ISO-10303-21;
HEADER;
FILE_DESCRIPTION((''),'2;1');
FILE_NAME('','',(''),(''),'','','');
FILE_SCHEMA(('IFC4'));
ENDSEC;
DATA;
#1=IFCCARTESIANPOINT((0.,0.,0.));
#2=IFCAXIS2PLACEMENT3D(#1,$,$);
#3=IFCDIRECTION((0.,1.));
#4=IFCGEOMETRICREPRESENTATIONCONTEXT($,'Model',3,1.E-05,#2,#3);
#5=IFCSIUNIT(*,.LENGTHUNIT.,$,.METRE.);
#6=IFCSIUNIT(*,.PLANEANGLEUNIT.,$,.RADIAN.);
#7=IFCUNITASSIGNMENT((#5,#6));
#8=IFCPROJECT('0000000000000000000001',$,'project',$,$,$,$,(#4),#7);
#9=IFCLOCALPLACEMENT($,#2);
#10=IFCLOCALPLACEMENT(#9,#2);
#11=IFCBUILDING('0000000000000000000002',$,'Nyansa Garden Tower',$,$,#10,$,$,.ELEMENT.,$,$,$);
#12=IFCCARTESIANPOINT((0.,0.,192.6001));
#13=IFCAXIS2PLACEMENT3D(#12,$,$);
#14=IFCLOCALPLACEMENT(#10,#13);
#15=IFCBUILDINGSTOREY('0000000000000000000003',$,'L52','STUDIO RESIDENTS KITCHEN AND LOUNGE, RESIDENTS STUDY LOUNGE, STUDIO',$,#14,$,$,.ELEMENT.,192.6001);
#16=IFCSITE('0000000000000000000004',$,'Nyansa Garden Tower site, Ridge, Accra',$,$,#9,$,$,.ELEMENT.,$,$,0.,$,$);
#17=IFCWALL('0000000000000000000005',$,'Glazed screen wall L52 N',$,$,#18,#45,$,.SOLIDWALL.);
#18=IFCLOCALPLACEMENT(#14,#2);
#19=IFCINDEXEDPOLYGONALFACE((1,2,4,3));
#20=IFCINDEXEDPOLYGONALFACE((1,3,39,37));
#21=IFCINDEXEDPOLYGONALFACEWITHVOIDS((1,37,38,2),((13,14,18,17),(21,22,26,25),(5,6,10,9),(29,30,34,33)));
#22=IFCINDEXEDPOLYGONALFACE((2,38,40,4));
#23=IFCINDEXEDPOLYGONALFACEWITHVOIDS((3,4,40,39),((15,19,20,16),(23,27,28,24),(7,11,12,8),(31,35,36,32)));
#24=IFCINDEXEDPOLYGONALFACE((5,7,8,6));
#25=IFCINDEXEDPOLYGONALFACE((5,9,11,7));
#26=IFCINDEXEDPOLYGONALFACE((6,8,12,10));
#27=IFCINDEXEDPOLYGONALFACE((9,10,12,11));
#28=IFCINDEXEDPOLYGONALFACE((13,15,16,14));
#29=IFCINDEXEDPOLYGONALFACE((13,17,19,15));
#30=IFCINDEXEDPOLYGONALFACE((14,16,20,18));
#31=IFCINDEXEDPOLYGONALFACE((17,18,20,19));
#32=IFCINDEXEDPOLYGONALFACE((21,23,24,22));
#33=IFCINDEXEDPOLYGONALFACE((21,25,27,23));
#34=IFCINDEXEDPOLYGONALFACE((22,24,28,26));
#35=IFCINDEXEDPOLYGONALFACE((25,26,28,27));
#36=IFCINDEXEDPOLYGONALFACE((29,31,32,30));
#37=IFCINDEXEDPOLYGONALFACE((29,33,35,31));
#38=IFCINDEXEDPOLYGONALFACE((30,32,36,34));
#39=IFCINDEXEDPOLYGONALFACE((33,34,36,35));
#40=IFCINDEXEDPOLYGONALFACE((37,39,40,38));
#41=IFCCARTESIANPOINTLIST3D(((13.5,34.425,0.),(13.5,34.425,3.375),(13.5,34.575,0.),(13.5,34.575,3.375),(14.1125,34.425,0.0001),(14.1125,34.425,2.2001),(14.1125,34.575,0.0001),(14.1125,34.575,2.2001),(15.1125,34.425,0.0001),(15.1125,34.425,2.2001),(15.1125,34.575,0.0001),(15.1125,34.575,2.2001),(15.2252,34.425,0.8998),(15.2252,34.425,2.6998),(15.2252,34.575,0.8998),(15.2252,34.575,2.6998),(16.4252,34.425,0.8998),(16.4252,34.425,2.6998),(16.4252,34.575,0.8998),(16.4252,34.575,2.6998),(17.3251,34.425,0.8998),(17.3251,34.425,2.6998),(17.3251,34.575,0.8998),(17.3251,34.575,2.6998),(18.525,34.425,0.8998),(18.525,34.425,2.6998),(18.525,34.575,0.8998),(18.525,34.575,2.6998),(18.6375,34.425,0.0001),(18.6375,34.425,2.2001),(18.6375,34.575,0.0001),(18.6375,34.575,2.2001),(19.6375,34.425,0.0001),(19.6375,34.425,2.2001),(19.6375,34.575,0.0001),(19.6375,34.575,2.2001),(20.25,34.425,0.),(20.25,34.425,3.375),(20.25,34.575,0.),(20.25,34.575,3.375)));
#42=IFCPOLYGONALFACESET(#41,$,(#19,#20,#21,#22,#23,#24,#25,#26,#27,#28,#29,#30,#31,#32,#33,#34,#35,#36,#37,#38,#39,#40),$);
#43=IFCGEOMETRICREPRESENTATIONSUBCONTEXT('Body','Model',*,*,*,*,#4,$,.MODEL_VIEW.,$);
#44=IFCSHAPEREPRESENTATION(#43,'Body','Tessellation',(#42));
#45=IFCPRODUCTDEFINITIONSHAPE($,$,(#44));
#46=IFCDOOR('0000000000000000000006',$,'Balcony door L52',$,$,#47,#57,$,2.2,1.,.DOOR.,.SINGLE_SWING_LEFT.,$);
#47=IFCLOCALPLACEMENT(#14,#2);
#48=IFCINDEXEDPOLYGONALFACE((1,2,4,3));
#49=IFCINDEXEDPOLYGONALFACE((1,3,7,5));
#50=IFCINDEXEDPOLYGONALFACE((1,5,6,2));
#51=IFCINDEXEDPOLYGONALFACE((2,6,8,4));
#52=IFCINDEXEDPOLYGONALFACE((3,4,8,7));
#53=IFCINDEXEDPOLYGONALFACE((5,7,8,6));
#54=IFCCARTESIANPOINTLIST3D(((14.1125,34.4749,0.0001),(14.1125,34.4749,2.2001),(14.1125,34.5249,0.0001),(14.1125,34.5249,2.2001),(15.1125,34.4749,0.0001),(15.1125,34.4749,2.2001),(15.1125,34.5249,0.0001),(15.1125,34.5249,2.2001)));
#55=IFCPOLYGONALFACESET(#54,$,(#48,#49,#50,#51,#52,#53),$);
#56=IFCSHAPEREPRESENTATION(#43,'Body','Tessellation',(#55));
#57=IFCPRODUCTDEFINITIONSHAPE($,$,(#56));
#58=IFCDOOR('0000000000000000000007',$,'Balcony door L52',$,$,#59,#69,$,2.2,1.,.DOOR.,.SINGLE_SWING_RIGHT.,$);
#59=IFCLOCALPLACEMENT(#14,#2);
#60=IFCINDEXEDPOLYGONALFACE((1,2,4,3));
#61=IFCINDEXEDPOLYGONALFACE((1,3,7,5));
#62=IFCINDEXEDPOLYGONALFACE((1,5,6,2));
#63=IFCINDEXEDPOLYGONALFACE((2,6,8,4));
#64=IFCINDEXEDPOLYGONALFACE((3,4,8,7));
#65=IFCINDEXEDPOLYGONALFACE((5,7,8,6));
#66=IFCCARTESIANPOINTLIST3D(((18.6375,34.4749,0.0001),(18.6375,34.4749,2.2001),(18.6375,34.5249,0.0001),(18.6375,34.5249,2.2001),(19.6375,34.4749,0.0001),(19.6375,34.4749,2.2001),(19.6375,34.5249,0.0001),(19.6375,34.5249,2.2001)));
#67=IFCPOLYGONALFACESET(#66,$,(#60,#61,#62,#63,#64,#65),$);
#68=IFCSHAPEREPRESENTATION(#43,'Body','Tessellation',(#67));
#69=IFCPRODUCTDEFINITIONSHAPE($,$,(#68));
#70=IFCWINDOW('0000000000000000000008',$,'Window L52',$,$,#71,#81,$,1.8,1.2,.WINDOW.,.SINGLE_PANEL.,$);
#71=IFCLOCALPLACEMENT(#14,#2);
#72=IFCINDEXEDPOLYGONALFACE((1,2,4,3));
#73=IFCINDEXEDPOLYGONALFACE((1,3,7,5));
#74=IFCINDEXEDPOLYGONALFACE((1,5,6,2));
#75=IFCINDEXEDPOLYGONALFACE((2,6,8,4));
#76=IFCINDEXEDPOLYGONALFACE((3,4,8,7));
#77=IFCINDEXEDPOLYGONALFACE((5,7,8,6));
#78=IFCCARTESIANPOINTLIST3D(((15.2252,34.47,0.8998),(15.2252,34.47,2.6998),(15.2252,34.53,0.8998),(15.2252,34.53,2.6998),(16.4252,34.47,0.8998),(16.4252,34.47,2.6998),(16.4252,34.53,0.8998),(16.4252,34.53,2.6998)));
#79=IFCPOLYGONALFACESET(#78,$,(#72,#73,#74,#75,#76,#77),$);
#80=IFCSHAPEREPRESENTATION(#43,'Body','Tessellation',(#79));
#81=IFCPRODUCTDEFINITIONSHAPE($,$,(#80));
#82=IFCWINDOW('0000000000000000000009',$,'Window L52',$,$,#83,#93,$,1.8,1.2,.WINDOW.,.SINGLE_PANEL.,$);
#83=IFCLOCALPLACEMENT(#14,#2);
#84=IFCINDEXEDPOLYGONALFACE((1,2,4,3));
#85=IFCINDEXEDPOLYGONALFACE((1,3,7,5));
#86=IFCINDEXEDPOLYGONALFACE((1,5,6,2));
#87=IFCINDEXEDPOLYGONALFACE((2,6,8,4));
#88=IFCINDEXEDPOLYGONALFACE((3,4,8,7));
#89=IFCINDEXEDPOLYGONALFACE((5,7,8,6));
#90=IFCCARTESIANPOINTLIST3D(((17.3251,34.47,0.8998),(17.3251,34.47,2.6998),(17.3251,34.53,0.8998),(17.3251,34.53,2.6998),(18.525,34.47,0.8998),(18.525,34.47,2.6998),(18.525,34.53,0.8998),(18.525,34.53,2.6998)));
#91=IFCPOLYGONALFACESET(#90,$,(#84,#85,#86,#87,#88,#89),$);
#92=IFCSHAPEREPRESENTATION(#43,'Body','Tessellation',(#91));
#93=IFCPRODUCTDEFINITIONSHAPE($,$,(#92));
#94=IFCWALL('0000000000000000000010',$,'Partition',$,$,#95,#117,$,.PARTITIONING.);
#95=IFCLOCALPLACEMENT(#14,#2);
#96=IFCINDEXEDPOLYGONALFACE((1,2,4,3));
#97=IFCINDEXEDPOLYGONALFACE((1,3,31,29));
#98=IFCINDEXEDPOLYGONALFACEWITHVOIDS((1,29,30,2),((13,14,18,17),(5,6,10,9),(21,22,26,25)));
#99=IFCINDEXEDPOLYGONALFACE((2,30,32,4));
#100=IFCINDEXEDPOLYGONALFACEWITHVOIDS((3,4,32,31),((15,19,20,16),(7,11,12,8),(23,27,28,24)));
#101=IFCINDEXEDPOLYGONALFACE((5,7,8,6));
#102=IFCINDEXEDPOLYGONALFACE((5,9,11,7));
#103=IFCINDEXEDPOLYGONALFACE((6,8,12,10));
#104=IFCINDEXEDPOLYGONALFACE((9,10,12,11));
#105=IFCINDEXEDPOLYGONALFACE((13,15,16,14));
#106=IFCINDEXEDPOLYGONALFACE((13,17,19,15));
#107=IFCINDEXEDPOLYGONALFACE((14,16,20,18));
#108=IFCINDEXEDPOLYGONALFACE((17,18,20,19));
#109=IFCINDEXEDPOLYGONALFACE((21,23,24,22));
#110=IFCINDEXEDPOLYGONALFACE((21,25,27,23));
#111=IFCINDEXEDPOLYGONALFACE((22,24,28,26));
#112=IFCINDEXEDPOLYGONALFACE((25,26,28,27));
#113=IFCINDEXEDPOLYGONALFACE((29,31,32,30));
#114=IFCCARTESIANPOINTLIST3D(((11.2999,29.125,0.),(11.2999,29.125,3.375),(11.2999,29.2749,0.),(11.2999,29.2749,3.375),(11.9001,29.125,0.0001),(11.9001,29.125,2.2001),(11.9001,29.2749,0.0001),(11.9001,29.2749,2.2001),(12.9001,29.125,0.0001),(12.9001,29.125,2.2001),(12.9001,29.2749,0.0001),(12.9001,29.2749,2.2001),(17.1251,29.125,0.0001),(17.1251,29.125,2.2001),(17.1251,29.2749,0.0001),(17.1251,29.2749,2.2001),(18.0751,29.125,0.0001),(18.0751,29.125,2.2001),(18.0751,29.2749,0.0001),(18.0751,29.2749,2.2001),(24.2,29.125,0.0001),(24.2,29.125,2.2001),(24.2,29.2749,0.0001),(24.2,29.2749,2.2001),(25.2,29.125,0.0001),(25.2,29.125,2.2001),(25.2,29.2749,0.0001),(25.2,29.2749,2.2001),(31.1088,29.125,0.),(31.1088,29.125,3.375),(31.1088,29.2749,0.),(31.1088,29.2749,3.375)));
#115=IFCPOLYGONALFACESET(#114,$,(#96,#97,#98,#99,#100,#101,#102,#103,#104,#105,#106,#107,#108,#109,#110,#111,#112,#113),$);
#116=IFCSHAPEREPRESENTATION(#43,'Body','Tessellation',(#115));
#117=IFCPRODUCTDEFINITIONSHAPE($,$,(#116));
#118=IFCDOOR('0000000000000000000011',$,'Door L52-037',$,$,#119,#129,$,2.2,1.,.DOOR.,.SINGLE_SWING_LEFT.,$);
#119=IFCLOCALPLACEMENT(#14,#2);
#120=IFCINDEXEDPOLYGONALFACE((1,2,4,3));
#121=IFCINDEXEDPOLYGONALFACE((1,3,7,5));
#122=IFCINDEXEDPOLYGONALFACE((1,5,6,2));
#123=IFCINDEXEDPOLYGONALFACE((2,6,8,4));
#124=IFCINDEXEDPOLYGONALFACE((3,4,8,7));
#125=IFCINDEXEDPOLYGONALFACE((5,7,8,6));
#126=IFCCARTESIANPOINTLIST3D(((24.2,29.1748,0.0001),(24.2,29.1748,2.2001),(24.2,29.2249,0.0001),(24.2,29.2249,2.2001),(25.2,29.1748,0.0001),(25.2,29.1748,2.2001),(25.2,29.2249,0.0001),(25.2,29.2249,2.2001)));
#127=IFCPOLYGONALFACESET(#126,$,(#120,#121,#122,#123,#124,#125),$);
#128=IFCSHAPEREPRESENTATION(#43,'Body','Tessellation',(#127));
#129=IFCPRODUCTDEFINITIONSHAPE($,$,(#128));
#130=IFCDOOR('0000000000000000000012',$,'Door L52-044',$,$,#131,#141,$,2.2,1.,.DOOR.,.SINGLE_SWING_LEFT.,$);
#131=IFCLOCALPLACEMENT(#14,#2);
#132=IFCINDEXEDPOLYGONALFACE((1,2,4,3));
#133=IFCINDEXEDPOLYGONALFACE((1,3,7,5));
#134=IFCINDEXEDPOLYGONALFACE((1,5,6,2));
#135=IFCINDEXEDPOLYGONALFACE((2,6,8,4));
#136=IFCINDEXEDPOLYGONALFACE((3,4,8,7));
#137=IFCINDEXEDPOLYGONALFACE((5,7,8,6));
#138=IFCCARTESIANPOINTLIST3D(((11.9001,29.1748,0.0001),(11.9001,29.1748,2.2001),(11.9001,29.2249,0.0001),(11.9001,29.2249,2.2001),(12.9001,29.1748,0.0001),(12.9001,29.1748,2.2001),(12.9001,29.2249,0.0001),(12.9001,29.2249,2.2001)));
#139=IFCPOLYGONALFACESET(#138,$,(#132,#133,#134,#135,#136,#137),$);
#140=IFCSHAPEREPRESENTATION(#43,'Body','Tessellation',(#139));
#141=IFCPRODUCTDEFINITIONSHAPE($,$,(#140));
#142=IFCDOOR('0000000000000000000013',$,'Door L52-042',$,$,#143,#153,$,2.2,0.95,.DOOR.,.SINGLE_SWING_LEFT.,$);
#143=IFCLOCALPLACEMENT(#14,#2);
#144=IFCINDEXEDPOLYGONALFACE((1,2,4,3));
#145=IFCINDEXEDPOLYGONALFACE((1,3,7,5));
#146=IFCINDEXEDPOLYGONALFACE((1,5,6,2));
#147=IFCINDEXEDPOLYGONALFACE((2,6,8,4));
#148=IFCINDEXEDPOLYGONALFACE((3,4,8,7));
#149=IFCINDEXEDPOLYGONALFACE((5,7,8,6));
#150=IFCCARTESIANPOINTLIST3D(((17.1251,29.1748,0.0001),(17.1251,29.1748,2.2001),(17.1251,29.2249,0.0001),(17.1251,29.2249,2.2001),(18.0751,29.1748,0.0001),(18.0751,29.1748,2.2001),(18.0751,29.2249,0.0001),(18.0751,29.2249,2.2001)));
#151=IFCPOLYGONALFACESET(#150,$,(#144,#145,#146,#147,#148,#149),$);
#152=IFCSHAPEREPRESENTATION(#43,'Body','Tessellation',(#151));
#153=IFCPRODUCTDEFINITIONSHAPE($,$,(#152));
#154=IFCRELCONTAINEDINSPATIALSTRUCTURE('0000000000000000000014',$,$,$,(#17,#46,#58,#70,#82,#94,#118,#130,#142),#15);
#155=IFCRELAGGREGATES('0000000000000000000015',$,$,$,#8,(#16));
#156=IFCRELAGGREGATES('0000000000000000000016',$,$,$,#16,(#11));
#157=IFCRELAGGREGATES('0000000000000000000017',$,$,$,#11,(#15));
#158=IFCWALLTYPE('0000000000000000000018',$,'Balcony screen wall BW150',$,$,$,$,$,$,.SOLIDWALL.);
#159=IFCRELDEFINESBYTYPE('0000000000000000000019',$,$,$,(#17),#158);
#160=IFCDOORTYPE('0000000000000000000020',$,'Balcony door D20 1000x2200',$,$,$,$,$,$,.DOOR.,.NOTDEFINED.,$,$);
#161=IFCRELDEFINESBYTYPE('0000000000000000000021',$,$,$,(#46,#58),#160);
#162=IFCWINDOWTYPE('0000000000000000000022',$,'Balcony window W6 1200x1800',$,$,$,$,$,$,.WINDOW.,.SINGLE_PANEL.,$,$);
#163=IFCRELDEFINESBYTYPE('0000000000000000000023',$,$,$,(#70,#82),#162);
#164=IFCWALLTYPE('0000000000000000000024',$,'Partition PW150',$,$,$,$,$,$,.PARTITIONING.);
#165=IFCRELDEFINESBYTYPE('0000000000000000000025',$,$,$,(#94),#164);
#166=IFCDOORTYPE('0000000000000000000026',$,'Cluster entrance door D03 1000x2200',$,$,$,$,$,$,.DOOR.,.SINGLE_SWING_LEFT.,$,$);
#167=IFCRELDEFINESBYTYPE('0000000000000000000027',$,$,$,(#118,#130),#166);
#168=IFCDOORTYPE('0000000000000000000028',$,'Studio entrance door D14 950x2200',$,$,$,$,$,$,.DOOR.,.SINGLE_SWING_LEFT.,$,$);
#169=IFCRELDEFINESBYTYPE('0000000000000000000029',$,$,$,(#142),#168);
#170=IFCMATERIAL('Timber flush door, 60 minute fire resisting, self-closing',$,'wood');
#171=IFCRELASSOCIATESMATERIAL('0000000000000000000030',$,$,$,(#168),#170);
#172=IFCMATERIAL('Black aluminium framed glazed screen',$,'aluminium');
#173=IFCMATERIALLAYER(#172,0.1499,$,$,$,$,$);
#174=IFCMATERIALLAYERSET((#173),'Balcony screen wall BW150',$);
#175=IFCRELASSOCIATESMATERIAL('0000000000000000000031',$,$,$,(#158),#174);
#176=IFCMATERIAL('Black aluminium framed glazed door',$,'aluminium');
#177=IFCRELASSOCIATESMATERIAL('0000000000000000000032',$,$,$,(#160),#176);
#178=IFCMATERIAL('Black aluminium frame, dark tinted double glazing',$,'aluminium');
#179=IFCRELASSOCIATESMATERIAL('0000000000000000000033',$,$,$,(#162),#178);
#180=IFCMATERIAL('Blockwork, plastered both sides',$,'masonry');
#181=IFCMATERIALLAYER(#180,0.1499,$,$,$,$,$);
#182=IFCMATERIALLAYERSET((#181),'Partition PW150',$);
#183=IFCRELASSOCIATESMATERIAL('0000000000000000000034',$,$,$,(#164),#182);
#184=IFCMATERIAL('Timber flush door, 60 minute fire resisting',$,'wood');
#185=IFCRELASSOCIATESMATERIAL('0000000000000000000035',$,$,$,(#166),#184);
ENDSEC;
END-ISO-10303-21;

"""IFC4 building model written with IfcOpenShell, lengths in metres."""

from ifc_helpers import new_model, si_unit, direction, frame, frame_2d, origin, place, context, subcontext, project, spatial, rectangle, extrude, material, layer, layer_set, type_object, element, fill, save


model = new_model("IFC4")

# Units and contexts
model_context = context("Model", 3, precision=1e-05, world=origin(), true_north=direction((0.0, 1.0)))
body_context = subcontext(model_context, "Body", "Model", "MODEL_VIEW")
ifc_project = project(units=[si_unit("LENGTHUNIT", "METRE"), si_unit("PLANEANGLEUNIT", "RADIAN")], contexts=[model_context])

# Site, building, storey
site_placement = place(None, origin())
site = spatial("IfcSite", under=ifc_project, at=site_placement, Name="Nyansa Garden Tower site, Ridge, Accra", CompositionType="ELEMENT", RefElevation=0.0)
building_placement = place(site_placement, origin())
building = spatial("IfcBuilding", under=site, at=building_placement, Name="Nyansa Garden Tower", CompositionType="ELEMENT")
storey_placement = place(building_placement, frame((0.0, 0.0, 192.6001)))
storey = spatial("IfcBuildingStorey", under=building, at=storey_placement, Name="L52", Description="STUDIO RESIDENTS KITCHEN AND LOUNGE, RESIDENTS STUDY LOUNGE, STUDIO", CompositionType="ELEMENT", Elevation=192.6001)

# Shared definitions
ifc_material_1 = material(Name="Timber flush door, 60 minute fire resisting, self-closing", Category="wood")
door_type_1 = type_object("IfcDoorType", Name="Studio entrance door D14 950x2200", OperationType="SINGLE_SWING_LEFT", PredefinedType="DOOR", material=ifc_material_1)

# Wall, openings, doors, windows
ifc_material_2 = material(Name="Black aluminium framed glazed screen", Category="aluminium")
ifc_layer_1 = layer(ifc_material_2, 0.1499)
ifc_layer_set_1 = layer_set([ifc_layer_1], Name="Balcony screen wall BW150")
wall_type_1 = type_object("IfcWallType", Name="Balcony screen wall BW150", PredefinedType="SOLIDWALL", material=ifc_layer_set_1)
wall_1_placement = place(storey_placement, frame((13.5, 34.5, 0.0), z_axis=(0.0, 0.0, 1.0), x_axis=(1.0, 0.0, 0.0)))
wall_1 = element("IfcWall", 1, at=wall_1_placement, inside=storey, type_object=wall_type_1, Name="Glazed screen wall L52 N", PredefinedType="SOLIDWALL", context=body_context, shape_type="SweptSolid", body=[
    extrude(rectangle(XDim=6.75, YDim=0.1499, at=frame_2d((3.375, 0.0))), origin(), (0.0, 0.0, 1.0), 3.375),
])
opening_1_placement = place(wall_1_placement, frame((0.6125, 0.0, 0.0)))
opening_1 = element("IfcOpeningElement", 2, at=opening_1_placement, cuts=wall_1, PredefinedType="OPENING", context=body_context, shape_type="SweptSolid", body=[
    extrude(rectangle(XDim=1.0, YDim=2.2, at=frame_2d((0.5, 1.1001))), frame((0.0, 0.085, 0.0), z_axis=(0.0, -1.0, 0.0), x_axis=(1.0, 0.0, 0.0)), (0.0, 0.0, 1.0), 0.1699),
])
opening_2_placement = place(wall_1_placement, frame((1.7251, 0.0, 0.8999)))
opening_2 = element("IfcOpeningElement", 3, at=opening_2_placement, cuts=wall_1, PredefinedType="OPENING", context=body_context, shape_type="SweptSolid", body=[
    extrude(rectangle(XDim=1.2, YDim=1.8, at=frame_2d((0.6001, 0.8999))), frame((0.0, 0.085, 0.0), z_axis=(0.0, -1.0, 0.0), x_axis=(1.0, 0.0, 0.0)), (0.0, 0.0, 1.0), 0.1699),
])
opening_3_placement = place(wall_1_placement, frame((5.1375, 0.0, 0.0)))
opening_3 = element("IfcOpeningElement", 4, at=opening_3_placement, cuts=wall_1, PredefinedType="OPENING", context=body_context, shape_type="SweptSolid", body=[
    extrude(rectangle(XDim=1.0, YDim=2.2, at=frame_2d((0.5, 1.1001))), frame((0.0, 0.085, 0.0), z_axis=(0.0, -1.0, 0.0), x_axis=(1.0, 0.0, 0.0)), (0.0, 0.0, 1.0), 0.1699),
])
opening_4_placement = place(wall_1_placement, frame((3.825, 0.0, 0.8999)))
opening_4 = element("IfcOpeningElement", 5, at=opening_4_placement, cuts=wall_1, PredefinedType="OPENING", context=body_context, shape_type="SweptSolid", body=[
    extrude(rectangle(XDim=1.2, YDim=1.8, at=frame_2d((0.6001, 0.8999))), frame((0.0, 0.085, 0.0), z_axis=(0.0, -1.0, 0.0), x_axis=(1.0, 0.0, 0.0)), (0.0, 0.0, 1.0), 0.1699),
])
ifc_material_3 = material(Name="Black aluminium framed glazed door", Category="aluminium")
door_type_2 = type_object("IfcDoorType", Name="Balcony door D20 1000x2200", OperationType="NOTDEFINED", PredefinedType="DOOR", material=ifc_material_3)
door_1_placement = place(opening_1_placement, origin())
door_1 = element("IfcDoor", 6, at=door_1_placement, inside=storey, type_object=door_type_2, Name="Balcony door L52", OperationType="SINGLE_SWING_LEFT", OverallHeight=2.2, OverallWidth=1.0, PredefinedType="DOOR", context=body_context, shape_type="SweptSolid", body=[
    extrude(rectangle(XDim=1.0, YDim=2.2, at=frame_2d((0.5, 1.1001))), frame((0.0, 0.0249, 0.0), z_axis=(0.0, -1.0, 0.0), x_axis=(1.0, 0.0, 0.0)), (0.0, 0.0, 1.0), 0.05),
])
fill(opening_1, door_1)
door_2_placement = place(opening_3_placement, origin())
door_2 = element("IfcDoor", 7, at=door_2_placement, inside=storey, type_object=door_type_2, Name="Balcony door L52", OperationType="SINGLE_SWING_RIGHT", OverallHeight=2.2, OverallWidth=1.0, PredefinedType="DOOR", context=body_context, shape_type="SweptSolid", body=[
    extrude(rectangle(XDim=1.0, YDim=2.2, at=frame_2d((0.5, 1.1001))), frame((0.0, 0.0249, 0.0), z_axis=(0.0, -1.0, 0.0), x_axis=(1.0, 0.0, 0.0)), (0.0, 0.0, 1.0), 0.05),
])
fill(opening_3, door_2)
ifc_material_4 = material(Name="Black aluminium frame, dark tinted double glazing", Category="aluminium")
window_type = type_object("IfcWindowType", Name="Balcony window W6 1200x1800", PartitioningType="SINGLE_PANEL", PredefinedType="WINDOW", material=ifc_material_4)
window_1_placement = place(opening_2_placement, origin())
window_1 = element("IfcWindow", 8, at=window_1_placement, inside=storey, type_object=window_type, Name="Window L52", OverallHeight=1.8, OverallWidth=1.2, PartitioningType="SINGLE_PANEL", PredefinedType="WINDOW", context=body_context, shape_type="SweptSolid", body=[
    extrude(rectangle(XDim=1.2, YDim=1.8, at=frame_2d((0.6001, 0.8999))), frame((0.0, 0.03, 0.0), z_axis=(0.0, -1.0, 0.0), x_axis=(1.0, 0.0, 0.0)), (0.0, 0.0, 1.0), 0.0601),
])
fill(opening_2, window_1)
window_2_placement = place(opening_4_placement, origin())
window_2 = element("IfcWindow", 9, at=window_2_placement, inside=storey, type_object=window_type, Name="Window L52", OverallHeight=1.8, OverallWidth=1.2, PartitioningType="SINGLE_PANEL", PredefinedType="WINDOW", context=body_context, shape_type="SweptSolid", body=[
    extrude(rectangle(XDim=1.2, YDim=1.8, at=frame_2d((0.6001, 0.8999))), frame((0.0, 0.03, 0.0), z_axis=(0.0, -1.0, 0.0), x_axis=(1.0, 0.0, 0.0)), (0.0, 0.0, 1.0), 0.0601),
])
fill(opening_4, window_2)

# Wall, openings, doors
ifc_material_5 = material(Name="Blockwork, plastered both sides", Category="masonry")
ifc_layer_2 = layer(ifc_material_5, 0.1499)
ifc_layer_set_2 = layer_set([ifc_layer_2], Name="Partition PW150")
wall_type_2 = type_object("IfcWallType", Name="Partition PW150", PredefinedType="PARTITIONING", material=ifc_layer_set_2)
wall_2_placement = place(storey_placement, frame((11.3, 29.2, 0.0), z_axis=(0.0, 0.0, 1.0), x_axis=(1.0, 0.0, 0.0)))
wall_2 = element("IfcWall", 10, at=wall_2_placement, inside=storey, type_object=wall_type_2, Name="Partition", PredefinedType="PARTITIONING", context=body_context, shape_type="SweptSolid", body=[
    extrude(rectangle(XDim=19.8088, YDim=0.1499, at=frame_2d((9.9043, 0.0))), origin(), (0.0, 0.0, 1.0), 3.375),
])
opening_5_placement = place(wall_2_placement, frame((12.8999, 0.0, 0.0)))
opening_5 = element("IfcOpeningElement", 11, at=opening_5_placement, cuts=wall_2, PredefinedType="OPENING", context=body_context, shape_type="SweptSolid", body=[
    extrude(rectangle(XDim=1.0, YDim=2.2, at=frame_2d((0.5, 1.1001))), frame((0.0, 0.085, 0.0), z_axis=(0.0, -1.0, 0.0), x_axis=(1.0, 0.0, 0.0)), (0.0, 0.0, 1.0), 0.1699),
])
opening_6_placement = place(wall_2_placement, frame((5.825, 0.0, 0.0)))
opening_6 = element("IfcOpeningElement", 12, at=opening_6_placement, cuts=wall_2, PredefinedType="OPENING", context=body_context, shape_type="SweptSolid", body=[
    extrude(rectangle(XDim=0.95, YDim=2.2, at=frame_2d((0.4751, 1.1001))), frame((0.0, 0.085, 0.0), z_axis=(0.0, -1.0, 0.0), x_axis=(1.0, 0.0, 0.0)), (0.0, 0.0, 1.0), 0.1699),
])
opening_7_placement = place(wall_2_placement, frame((0.6001, 0.0, 0.0)))
opening_7 = element("IfcOpeningElement", 13, at=opening_7_placement, cuts=wall_2, PredefinedType="OPENING", context=body_context, shape_type="SweptSolid", body=[
    extrude(rectangle(XDim=1.0, YDim=2.2, at=frame_2d((0.5, 1.1001))), frame((0.0, 0.085, 0.0), z_axis=(0.0, -1.0, 0.0), x_axis=(1.0, 0.0, 0.0)), (0.0, 0.0, 1.0), 0.1699),
])
ifc_material_6 = material(Name="Timber flush door, 60 minute fire resisting", Category="wood")
door_type_3 = type_object("IfcDoorType", Name="Cluster entrance door D03 1000x2200", OperationType="SINGLE_SWING_LEFT", PredefinedType="DOOR", material=ifc_material_6)
door_3_placement = place(opening_5_placement, origin())
door_3 = element("IfcDoor", 14, at=door_3_placement, inside=storey, type_object=door_type_3, Name="Door L52-037", OperationType="SINGLE_SWING_LEFT", OverallHeight=2.2, OverallWidth=1.0, PredefinedType="DOOR", context=body_context, shape_type="SweptSolid", body=[
    extrude(rectangle(XDim=1.0, YDim=2.2, at=frame_2d((0.5, 1.1001))), frame((0.0, 0.0249, 0.0), z_axis=(0.0, -1.0, 0.0), x_axis=(1.0, 0.0, 0.0)), (0.0, 0.0, 1.0), 0.05),
])
fill(opening_5, door_3)
door_4_placement = place(opening_7_placement, origin())
door_4 = element("IfcDoor", 15, at=door_4_placement, inside=storey, type_object=door_type_3, Name="Door L52-044", OperationType="SINGLE_SWING_LEFT", OverallHeight=2.2, OverallWidth=1.0, PredefinedType="DOOR", context=body_context, shape_type="SweptSolid", body=[
    extrude(rectangle(XDim=1.0, YDim=2.2, at=frame_2d((0.5, 1.1001))), frame((0.0, 0.0249, 0.0), z_axis=(0.0, -1.0, 0.0), x_axis=(1.0, 0.0, 0.0)), (0.0, 0.0, 1.0), 0.05),
])
fill(opening_7, door_4)
door_5_placement = place(opening_6_placement, origin())
door_5 = element("IfcDoor", 16, at=door_5_placement, inside=storey, type_object=door_type_1, Name="Door L52-042", OperationType="SINGLE_SWING_LEFT", OverallHeight=2.2, OverallWidth=0.95, PredefinedType="DOOR", context=body_context, shape_type="SweptSolid", body=[
    extrude(rectangle(XDim=0.95, YDim=2.2, at=frame_2d((0.4751, 1.1001))), frame((0.0, 0.0249, 0.0), z_axis=(0.0, -1.0, 0.0), x_axis=(1.0, 0.0, 0.0)), (0.0, 0.0, 1.0), 0.05),
])
fill(opening_6, door_5)

save(model, "model.ifc")
